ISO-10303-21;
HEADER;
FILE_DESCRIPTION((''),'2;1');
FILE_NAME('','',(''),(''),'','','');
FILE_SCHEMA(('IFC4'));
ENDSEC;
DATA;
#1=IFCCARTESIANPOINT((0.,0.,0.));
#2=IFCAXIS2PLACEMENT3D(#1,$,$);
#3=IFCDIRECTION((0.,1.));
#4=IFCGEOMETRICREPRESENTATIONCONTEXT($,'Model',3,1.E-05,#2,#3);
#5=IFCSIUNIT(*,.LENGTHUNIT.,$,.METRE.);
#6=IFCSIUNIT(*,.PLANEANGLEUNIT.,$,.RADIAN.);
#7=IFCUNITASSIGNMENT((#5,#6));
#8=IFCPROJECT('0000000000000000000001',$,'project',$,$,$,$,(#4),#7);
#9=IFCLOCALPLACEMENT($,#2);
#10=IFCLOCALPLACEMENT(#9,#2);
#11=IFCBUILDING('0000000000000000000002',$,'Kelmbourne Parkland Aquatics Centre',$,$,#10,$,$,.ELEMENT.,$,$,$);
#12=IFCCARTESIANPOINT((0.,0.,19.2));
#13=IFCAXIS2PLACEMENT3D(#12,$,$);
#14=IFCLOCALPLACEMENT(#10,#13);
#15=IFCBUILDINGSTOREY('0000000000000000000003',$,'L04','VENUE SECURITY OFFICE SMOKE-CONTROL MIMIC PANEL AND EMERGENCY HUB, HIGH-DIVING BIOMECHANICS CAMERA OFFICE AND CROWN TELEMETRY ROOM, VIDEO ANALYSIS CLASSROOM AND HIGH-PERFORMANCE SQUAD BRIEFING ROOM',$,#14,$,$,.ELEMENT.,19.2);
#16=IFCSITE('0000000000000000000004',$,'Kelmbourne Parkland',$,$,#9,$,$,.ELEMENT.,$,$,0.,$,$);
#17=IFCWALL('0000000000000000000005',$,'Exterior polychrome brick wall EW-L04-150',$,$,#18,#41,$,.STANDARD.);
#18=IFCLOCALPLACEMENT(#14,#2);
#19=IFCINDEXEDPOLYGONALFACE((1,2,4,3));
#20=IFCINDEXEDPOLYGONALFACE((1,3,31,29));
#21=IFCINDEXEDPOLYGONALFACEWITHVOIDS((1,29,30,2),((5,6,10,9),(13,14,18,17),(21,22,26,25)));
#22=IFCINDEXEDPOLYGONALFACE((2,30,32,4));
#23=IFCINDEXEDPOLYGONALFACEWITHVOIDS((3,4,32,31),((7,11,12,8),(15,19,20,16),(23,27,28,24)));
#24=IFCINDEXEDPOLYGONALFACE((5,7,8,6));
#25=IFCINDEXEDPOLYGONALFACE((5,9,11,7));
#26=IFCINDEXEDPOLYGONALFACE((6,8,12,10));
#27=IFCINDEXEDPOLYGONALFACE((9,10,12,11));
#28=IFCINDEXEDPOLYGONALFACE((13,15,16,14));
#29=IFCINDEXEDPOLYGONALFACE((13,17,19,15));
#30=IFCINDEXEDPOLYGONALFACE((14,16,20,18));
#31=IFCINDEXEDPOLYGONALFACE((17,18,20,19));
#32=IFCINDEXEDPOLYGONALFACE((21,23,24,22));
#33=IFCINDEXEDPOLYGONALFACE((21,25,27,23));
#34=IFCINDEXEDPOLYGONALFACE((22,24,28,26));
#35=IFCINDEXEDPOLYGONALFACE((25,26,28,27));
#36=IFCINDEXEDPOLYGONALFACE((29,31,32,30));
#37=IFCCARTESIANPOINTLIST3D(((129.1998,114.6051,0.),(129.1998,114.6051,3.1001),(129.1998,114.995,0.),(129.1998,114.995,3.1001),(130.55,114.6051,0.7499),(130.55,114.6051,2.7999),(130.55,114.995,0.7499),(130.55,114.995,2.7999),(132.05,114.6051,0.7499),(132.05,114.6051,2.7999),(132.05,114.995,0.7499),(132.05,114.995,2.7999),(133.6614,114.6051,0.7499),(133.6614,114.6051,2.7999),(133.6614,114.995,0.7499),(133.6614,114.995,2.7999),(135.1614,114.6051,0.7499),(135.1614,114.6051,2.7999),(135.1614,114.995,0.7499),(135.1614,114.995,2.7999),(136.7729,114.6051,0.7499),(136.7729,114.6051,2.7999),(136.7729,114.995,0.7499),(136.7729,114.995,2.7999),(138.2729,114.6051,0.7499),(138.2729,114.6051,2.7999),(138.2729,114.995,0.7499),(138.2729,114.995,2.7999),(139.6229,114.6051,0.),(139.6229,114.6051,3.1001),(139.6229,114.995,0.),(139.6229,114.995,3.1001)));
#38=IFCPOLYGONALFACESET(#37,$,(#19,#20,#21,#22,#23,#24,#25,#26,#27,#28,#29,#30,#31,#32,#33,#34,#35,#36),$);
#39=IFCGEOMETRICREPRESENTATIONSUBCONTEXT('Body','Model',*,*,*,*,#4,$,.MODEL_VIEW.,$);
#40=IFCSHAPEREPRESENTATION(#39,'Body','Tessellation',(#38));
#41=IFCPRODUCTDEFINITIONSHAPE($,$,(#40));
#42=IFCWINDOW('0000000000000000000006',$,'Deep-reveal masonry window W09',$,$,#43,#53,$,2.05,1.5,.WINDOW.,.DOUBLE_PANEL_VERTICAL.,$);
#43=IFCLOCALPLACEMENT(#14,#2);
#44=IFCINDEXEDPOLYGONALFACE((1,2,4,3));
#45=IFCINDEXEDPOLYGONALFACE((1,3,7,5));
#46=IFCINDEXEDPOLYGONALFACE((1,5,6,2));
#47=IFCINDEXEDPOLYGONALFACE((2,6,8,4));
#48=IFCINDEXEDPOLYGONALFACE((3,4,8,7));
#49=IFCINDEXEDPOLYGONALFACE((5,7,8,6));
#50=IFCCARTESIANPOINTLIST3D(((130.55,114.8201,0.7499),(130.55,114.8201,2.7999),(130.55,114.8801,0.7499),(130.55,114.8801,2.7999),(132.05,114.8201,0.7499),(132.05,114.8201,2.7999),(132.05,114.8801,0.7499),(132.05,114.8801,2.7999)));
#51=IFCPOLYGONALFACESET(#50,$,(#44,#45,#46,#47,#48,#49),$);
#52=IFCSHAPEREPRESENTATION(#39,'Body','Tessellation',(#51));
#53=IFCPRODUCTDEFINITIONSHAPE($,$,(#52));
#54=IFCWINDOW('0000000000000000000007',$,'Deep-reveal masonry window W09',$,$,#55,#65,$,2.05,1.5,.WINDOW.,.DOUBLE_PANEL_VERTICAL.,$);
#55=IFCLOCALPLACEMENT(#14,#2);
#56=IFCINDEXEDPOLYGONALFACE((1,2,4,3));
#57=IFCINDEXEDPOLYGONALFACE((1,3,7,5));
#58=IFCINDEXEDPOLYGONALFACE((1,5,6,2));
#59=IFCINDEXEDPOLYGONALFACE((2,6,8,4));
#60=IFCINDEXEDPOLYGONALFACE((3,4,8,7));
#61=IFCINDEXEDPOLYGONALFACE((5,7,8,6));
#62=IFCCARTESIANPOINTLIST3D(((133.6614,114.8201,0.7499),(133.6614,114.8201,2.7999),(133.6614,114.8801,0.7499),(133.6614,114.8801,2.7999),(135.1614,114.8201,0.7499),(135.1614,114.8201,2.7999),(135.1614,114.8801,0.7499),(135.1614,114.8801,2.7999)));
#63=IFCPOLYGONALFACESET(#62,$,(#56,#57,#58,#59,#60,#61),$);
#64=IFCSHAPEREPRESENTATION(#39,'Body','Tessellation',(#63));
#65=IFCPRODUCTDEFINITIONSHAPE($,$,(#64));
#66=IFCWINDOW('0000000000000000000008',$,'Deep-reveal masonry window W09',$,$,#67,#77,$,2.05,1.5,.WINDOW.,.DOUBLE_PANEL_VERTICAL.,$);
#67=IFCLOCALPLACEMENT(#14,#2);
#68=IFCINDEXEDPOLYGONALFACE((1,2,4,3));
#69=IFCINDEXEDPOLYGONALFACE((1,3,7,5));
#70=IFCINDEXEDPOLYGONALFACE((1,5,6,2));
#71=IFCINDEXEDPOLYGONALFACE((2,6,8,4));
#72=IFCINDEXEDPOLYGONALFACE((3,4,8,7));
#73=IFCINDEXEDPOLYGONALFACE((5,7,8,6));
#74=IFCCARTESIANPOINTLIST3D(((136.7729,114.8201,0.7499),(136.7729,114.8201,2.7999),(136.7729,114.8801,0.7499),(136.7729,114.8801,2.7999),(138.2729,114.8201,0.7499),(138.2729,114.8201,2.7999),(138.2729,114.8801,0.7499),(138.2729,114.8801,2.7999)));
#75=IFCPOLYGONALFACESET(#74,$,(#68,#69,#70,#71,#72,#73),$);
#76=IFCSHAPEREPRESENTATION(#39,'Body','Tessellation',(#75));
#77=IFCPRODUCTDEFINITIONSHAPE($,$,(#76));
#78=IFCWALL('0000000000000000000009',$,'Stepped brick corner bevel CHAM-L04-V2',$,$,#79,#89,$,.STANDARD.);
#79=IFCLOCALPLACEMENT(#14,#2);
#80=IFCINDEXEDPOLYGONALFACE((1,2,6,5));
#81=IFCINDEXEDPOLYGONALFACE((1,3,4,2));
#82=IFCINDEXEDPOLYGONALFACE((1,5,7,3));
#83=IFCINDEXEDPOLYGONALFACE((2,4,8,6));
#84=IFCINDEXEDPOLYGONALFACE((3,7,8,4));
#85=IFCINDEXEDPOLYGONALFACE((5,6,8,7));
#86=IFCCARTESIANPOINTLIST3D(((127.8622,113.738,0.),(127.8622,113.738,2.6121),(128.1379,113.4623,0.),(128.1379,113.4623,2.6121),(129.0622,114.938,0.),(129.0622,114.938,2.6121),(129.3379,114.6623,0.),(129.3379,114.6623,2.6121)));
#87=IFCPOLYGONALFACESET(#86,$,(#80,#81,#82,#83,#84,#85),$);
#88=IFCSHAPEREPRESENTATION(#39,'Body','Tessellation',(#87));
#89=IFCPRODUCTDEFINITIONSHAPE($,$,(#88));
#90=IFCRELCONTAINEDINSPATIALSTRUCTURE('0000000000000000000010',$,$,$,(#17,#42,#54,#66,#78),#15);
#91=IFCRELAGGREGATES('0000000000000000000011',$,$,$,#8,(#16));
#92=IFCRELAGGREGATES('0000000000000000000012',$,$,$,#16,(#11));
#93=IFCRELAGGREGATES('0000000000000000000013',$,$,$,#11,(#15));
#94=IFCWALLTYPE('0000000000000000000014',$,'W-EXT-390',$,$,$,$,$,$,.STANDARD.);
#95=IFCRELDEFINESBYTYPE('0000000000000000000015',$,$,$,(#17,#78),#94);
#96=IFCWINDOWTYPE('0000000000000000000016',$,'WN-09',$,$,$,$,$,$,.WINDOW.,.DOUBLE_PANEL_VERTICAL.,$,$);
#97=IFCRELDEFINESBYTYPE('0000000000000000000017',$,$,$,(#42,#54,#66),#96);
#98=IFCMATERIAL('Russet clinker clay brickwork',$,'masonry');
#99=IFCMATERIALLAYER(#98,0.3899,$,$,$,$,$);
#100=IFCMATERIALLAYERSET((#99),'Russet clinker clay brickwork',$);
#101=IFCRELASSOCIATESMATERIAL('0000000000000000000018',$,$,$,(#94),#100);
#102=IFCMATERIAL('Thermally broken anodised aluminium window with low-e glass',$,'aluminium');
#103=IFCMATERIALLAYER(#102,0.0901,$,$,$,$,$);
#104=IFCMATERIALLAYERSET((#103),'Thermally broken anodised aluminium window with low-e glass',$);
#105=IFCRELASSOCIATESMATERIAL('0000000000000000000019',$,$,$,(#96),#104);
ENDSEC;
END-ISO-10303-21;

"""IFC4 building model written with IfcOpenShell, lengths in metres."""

from ifc_helpers import new_model, si_unit, direction, frame, frame_2d, origin, place, context, subcontext, project, spatial, rectangle, extrude, material, layer, layer_set, type_object, element, fill, save


model = new_model("IFC4")

# Units and contexts
model_context = context("Model", 3, precision=1e-05, world=origin(), true_north=direction((0.0, 1.0)))
body_context = subcontext(model_context, "Body", "Model", "MODEL_VIEW")
ifc_project = project(units=[si_unit("LENGTHUNIT", "METRE"), si_unit("PLANEANGLEUNIT", "RADIAN")], contexts=[model_context])

# Site, building, storey
site_placement = place(None, origin())
site = spatial("IfcSite", under=ifc_project, at=site_placement, Name="Kelmbourne Parkland", CompositionType="ELEMENT", RefElevation=0.0)
building_placement = place(site_placement, origin())
building = spatial("IfcBuilding", under=site, at=building_placement, Name="Kelmbourne Parkland Aquatics Centre", CompositionType="ELEMENT")
storey_placement = place(building_placement, frame((0.0, 0.0, 19.2)))
storey = spatial("IfcBuildingStorey", under=building, at=storey_placement, Name="L04", Description="VENUE SECURITY OFFICE SMOKE-CONTROL MIMIC PANEL AND EMERGENCY HUB, HIGH-DIVING BIOMECHANICS CAMERA OFFICE AND CROWN TELEMETRY ROOM, VIDEO ANALYSIS CLASSROOM AND HIGH-PERFORMANCE SQUAD BRIEFING ROOM", CompositionType="ELEMENT", Elevation=19.2)

# Shared definitions
ifc_material_1 = material(Name="Russet clinker clay brickwork", Category="masonry")

# Wall, openings, windows
ifc_layer_1 = layer(ifc_material_1, 0.3899)
ifc_layer_set_1 = layer_set([ifc_layer_1], Name="Russet clinker clay brickwork")
wall_type_1 = type_object("IfcWallType", Name="W-EXT-390", PredefinedType="STANDARD", material=ifc_layer_set_1)
wall_1_placement = place(storey_placement, frame((129.2, 114.8, 0.0), z_axis=(0.0, 0.0, 1.0), x_axis=(1.0, 0.0, 0.0)))
wall_1 = element("IfcWall", 1, at=wall_1_placement, inside=storey, type_object=wall_type_1, Name="Exterior polychrome brick wall EW-L04-150", PredefinedType="STANDARD", context=body_context, shape_type="SweptSolid", body=[
    extrude(rectangle(XDim=10.4231, YDim=0.3899, at=frame_2d((5.2114, 0.0))), origin(), (0.0, 0.0, 1.0), 3.1001),
])
opening_1_placement = place(wall_1_placement, frame((1.3501, 0.0, 0.75)))
opening_1 = element("IfcOpeningElement", 2, at=opening_1_placement, cuts=wall_1, PredefinedType="OPENING", context=body_context, shape_type="SweptSolid", body=[
    extrude(rectangle(XDim=1.5, YDim=2.05, at=frame_2d((0.75, 1.0249))), frame((0.0, 0.207, 0.0), z_axis=(0.0, -1.0, 0.0), x_axis=(1.0, 0.0, 0.0)), (0.0, 0.0, 1.0), 0.4138),
])
opening_2_placement = place(wall_1_placement, frame((4.4614, 0.0, 0.75)))
opening_2 = element("IfcOpeningElement", 3, at=opening_2_placement, cuts=wall_1, PredefinedType="OPENING", context=body_context, shape_type="SweptSolid", body=[
    extrude(rectangle(XDim=1.5, YDim=2.05, at=frame_2d((0.75, 1.0249))), frame((0.0, 0.207, 0.0), z_axis=(0.0, -1.0, 0.0), x_axis=(1.0, 0.0, 0.0)), (0.0, 0.0, 1.0), 0.4138),
])
opening_3_placement = place(wall_1_placement, frame((7.573, 0.0, 0.75)))
opening_3 = element("IfcOpeningElement", 4, at=opening_3_placement, cuts=wall_1, PredefinedType="OPENING", context=body_context, shape_type="SweptSolid", body=[
    extrude(rectangle(XDim=1.5, YDim=2.05, at=frame_2d((0.75, 1.0249))), frame((0.0, 0.207, 0.0), z_axis=(0.0, -1.0, 0.0), x_axis=(1.0, 0.0, 0.0)), (0.0, 0.0, 1.0), 0.4138),
])
ifc_material_2 = material(Name="Thermally broken anodised aluminium window with low-e glass", Category="aluminium")
ifc_layer_2 = layer(ifc_material_2, 0.0901)
ifc_layer_set_2 = layer_set([ifc_layer_2], Name="Thermally broken anodised aluminium window with low-e glass")
window_type = type_object("IfcWindowType", Name="WN-09", PartitioningType="DOUBLE_PANEL_VERTICAL", PredefinedType="WINDOW", material=ifc_layer_set_2)
window_1_placement = place(opening_1_placement, origin())
window_1 = element("IfcWindow", 5, at=window_1_placement, inside=storey, type_object=window_type, Name="Deep-reveal masonry window W09", OverallHeight=2.05, OverallWidth=1.5, PartitioningType="DOUBLE_PANEL_VERTICAL", PredefinedType="WINDOW", context=body_context, shape_type="SweptSolid", body=[
    extrude(rectangle(XDim=1.5, YDim=2.05, at=frame_2d((0.75, 1.0249))), frame((0.0, 0.0801, 0.0), z_axis=(0.0, -1.0, 0.0), x_axis=(1.0, 0.0, 0.0)), (0.0, 0.0, 1.0), 0.0601),
])
fill(opening_1, window_1)
window_2_placement = place(opening_2_placement, origin())
window_2 = element("IfcWindow", 6, at=window_2_placement, inside=storey, type_object=window_type, Name="Deep-reveal masonry window W09", OverallHeight=2.05, OverallWidth=1.5, PartitioningType="DOUBLE_PANEL_VERTICAL", PredefinedType="WINDOW", context=body_context, shape_type="SweptSolid", body=[
    extrude(rectangle(XDim=1.5, YDim=2.05, at=frame_2d((0.75, 1.0249))), frame((0.0, 0.0801, 0.0), z_axis=(0.0, -1.0, 0.0), x_axis=(1.0, 0.0, 0.0)), (0.0, 0.0, 1.0), 0.0601),
])
fill(opening_2, window_2)
window_3_placement = place(opening_3_placement, origin())
window_3 = element("IfcWindow", 7, at=window_3_placement, inside=storey, type_object=window_type, Name="Deep-reveal masonry window W09", OverallHeight=2.05, OverallWidth=1.5, PartitioningType="DOUBLE_PANEL_VERTICAL", PredefinedType="WINDOW", context=body_context, shape_type="SweptSolid", body=[
    extrude(rectangle(XDim=1.5, YDim=2.05, at=frame_2d((0.75, 1.0249))), frame((0.0, 0.0801, 0.0), z_axis=(0.0, -1.0, 0.0), x_axis=(1.0, 0.0, 0.0)), (0.0, 0.0, 1.0), 0.0601),
])
fill(opening_3, window_3)

# Wall
wall_2_placement = place(storey_placement, frame((128.0, 113.6001, 0.0), z_axis=(0.0, 0.0, 1.0), x_axis=(0.707107, 0.707107, 0.0)))
element("IfcWall", 8, at=wall_2_placement, inside=storey, type_object=wall_type_1, Name="Stepped brick corner bevel CHAM-L04-V2", PredefinedType="STANDARD", context=body_context, shape_type="SweptSolid", body=[
    extrude(rectangle(XDim=1.697, YDim=0.3899, at=frame_2d((0.8486, 0.0))), origin(), (0.0, 0.0, 1.0), 2.6121),
])

save(model, "model.ifc")
